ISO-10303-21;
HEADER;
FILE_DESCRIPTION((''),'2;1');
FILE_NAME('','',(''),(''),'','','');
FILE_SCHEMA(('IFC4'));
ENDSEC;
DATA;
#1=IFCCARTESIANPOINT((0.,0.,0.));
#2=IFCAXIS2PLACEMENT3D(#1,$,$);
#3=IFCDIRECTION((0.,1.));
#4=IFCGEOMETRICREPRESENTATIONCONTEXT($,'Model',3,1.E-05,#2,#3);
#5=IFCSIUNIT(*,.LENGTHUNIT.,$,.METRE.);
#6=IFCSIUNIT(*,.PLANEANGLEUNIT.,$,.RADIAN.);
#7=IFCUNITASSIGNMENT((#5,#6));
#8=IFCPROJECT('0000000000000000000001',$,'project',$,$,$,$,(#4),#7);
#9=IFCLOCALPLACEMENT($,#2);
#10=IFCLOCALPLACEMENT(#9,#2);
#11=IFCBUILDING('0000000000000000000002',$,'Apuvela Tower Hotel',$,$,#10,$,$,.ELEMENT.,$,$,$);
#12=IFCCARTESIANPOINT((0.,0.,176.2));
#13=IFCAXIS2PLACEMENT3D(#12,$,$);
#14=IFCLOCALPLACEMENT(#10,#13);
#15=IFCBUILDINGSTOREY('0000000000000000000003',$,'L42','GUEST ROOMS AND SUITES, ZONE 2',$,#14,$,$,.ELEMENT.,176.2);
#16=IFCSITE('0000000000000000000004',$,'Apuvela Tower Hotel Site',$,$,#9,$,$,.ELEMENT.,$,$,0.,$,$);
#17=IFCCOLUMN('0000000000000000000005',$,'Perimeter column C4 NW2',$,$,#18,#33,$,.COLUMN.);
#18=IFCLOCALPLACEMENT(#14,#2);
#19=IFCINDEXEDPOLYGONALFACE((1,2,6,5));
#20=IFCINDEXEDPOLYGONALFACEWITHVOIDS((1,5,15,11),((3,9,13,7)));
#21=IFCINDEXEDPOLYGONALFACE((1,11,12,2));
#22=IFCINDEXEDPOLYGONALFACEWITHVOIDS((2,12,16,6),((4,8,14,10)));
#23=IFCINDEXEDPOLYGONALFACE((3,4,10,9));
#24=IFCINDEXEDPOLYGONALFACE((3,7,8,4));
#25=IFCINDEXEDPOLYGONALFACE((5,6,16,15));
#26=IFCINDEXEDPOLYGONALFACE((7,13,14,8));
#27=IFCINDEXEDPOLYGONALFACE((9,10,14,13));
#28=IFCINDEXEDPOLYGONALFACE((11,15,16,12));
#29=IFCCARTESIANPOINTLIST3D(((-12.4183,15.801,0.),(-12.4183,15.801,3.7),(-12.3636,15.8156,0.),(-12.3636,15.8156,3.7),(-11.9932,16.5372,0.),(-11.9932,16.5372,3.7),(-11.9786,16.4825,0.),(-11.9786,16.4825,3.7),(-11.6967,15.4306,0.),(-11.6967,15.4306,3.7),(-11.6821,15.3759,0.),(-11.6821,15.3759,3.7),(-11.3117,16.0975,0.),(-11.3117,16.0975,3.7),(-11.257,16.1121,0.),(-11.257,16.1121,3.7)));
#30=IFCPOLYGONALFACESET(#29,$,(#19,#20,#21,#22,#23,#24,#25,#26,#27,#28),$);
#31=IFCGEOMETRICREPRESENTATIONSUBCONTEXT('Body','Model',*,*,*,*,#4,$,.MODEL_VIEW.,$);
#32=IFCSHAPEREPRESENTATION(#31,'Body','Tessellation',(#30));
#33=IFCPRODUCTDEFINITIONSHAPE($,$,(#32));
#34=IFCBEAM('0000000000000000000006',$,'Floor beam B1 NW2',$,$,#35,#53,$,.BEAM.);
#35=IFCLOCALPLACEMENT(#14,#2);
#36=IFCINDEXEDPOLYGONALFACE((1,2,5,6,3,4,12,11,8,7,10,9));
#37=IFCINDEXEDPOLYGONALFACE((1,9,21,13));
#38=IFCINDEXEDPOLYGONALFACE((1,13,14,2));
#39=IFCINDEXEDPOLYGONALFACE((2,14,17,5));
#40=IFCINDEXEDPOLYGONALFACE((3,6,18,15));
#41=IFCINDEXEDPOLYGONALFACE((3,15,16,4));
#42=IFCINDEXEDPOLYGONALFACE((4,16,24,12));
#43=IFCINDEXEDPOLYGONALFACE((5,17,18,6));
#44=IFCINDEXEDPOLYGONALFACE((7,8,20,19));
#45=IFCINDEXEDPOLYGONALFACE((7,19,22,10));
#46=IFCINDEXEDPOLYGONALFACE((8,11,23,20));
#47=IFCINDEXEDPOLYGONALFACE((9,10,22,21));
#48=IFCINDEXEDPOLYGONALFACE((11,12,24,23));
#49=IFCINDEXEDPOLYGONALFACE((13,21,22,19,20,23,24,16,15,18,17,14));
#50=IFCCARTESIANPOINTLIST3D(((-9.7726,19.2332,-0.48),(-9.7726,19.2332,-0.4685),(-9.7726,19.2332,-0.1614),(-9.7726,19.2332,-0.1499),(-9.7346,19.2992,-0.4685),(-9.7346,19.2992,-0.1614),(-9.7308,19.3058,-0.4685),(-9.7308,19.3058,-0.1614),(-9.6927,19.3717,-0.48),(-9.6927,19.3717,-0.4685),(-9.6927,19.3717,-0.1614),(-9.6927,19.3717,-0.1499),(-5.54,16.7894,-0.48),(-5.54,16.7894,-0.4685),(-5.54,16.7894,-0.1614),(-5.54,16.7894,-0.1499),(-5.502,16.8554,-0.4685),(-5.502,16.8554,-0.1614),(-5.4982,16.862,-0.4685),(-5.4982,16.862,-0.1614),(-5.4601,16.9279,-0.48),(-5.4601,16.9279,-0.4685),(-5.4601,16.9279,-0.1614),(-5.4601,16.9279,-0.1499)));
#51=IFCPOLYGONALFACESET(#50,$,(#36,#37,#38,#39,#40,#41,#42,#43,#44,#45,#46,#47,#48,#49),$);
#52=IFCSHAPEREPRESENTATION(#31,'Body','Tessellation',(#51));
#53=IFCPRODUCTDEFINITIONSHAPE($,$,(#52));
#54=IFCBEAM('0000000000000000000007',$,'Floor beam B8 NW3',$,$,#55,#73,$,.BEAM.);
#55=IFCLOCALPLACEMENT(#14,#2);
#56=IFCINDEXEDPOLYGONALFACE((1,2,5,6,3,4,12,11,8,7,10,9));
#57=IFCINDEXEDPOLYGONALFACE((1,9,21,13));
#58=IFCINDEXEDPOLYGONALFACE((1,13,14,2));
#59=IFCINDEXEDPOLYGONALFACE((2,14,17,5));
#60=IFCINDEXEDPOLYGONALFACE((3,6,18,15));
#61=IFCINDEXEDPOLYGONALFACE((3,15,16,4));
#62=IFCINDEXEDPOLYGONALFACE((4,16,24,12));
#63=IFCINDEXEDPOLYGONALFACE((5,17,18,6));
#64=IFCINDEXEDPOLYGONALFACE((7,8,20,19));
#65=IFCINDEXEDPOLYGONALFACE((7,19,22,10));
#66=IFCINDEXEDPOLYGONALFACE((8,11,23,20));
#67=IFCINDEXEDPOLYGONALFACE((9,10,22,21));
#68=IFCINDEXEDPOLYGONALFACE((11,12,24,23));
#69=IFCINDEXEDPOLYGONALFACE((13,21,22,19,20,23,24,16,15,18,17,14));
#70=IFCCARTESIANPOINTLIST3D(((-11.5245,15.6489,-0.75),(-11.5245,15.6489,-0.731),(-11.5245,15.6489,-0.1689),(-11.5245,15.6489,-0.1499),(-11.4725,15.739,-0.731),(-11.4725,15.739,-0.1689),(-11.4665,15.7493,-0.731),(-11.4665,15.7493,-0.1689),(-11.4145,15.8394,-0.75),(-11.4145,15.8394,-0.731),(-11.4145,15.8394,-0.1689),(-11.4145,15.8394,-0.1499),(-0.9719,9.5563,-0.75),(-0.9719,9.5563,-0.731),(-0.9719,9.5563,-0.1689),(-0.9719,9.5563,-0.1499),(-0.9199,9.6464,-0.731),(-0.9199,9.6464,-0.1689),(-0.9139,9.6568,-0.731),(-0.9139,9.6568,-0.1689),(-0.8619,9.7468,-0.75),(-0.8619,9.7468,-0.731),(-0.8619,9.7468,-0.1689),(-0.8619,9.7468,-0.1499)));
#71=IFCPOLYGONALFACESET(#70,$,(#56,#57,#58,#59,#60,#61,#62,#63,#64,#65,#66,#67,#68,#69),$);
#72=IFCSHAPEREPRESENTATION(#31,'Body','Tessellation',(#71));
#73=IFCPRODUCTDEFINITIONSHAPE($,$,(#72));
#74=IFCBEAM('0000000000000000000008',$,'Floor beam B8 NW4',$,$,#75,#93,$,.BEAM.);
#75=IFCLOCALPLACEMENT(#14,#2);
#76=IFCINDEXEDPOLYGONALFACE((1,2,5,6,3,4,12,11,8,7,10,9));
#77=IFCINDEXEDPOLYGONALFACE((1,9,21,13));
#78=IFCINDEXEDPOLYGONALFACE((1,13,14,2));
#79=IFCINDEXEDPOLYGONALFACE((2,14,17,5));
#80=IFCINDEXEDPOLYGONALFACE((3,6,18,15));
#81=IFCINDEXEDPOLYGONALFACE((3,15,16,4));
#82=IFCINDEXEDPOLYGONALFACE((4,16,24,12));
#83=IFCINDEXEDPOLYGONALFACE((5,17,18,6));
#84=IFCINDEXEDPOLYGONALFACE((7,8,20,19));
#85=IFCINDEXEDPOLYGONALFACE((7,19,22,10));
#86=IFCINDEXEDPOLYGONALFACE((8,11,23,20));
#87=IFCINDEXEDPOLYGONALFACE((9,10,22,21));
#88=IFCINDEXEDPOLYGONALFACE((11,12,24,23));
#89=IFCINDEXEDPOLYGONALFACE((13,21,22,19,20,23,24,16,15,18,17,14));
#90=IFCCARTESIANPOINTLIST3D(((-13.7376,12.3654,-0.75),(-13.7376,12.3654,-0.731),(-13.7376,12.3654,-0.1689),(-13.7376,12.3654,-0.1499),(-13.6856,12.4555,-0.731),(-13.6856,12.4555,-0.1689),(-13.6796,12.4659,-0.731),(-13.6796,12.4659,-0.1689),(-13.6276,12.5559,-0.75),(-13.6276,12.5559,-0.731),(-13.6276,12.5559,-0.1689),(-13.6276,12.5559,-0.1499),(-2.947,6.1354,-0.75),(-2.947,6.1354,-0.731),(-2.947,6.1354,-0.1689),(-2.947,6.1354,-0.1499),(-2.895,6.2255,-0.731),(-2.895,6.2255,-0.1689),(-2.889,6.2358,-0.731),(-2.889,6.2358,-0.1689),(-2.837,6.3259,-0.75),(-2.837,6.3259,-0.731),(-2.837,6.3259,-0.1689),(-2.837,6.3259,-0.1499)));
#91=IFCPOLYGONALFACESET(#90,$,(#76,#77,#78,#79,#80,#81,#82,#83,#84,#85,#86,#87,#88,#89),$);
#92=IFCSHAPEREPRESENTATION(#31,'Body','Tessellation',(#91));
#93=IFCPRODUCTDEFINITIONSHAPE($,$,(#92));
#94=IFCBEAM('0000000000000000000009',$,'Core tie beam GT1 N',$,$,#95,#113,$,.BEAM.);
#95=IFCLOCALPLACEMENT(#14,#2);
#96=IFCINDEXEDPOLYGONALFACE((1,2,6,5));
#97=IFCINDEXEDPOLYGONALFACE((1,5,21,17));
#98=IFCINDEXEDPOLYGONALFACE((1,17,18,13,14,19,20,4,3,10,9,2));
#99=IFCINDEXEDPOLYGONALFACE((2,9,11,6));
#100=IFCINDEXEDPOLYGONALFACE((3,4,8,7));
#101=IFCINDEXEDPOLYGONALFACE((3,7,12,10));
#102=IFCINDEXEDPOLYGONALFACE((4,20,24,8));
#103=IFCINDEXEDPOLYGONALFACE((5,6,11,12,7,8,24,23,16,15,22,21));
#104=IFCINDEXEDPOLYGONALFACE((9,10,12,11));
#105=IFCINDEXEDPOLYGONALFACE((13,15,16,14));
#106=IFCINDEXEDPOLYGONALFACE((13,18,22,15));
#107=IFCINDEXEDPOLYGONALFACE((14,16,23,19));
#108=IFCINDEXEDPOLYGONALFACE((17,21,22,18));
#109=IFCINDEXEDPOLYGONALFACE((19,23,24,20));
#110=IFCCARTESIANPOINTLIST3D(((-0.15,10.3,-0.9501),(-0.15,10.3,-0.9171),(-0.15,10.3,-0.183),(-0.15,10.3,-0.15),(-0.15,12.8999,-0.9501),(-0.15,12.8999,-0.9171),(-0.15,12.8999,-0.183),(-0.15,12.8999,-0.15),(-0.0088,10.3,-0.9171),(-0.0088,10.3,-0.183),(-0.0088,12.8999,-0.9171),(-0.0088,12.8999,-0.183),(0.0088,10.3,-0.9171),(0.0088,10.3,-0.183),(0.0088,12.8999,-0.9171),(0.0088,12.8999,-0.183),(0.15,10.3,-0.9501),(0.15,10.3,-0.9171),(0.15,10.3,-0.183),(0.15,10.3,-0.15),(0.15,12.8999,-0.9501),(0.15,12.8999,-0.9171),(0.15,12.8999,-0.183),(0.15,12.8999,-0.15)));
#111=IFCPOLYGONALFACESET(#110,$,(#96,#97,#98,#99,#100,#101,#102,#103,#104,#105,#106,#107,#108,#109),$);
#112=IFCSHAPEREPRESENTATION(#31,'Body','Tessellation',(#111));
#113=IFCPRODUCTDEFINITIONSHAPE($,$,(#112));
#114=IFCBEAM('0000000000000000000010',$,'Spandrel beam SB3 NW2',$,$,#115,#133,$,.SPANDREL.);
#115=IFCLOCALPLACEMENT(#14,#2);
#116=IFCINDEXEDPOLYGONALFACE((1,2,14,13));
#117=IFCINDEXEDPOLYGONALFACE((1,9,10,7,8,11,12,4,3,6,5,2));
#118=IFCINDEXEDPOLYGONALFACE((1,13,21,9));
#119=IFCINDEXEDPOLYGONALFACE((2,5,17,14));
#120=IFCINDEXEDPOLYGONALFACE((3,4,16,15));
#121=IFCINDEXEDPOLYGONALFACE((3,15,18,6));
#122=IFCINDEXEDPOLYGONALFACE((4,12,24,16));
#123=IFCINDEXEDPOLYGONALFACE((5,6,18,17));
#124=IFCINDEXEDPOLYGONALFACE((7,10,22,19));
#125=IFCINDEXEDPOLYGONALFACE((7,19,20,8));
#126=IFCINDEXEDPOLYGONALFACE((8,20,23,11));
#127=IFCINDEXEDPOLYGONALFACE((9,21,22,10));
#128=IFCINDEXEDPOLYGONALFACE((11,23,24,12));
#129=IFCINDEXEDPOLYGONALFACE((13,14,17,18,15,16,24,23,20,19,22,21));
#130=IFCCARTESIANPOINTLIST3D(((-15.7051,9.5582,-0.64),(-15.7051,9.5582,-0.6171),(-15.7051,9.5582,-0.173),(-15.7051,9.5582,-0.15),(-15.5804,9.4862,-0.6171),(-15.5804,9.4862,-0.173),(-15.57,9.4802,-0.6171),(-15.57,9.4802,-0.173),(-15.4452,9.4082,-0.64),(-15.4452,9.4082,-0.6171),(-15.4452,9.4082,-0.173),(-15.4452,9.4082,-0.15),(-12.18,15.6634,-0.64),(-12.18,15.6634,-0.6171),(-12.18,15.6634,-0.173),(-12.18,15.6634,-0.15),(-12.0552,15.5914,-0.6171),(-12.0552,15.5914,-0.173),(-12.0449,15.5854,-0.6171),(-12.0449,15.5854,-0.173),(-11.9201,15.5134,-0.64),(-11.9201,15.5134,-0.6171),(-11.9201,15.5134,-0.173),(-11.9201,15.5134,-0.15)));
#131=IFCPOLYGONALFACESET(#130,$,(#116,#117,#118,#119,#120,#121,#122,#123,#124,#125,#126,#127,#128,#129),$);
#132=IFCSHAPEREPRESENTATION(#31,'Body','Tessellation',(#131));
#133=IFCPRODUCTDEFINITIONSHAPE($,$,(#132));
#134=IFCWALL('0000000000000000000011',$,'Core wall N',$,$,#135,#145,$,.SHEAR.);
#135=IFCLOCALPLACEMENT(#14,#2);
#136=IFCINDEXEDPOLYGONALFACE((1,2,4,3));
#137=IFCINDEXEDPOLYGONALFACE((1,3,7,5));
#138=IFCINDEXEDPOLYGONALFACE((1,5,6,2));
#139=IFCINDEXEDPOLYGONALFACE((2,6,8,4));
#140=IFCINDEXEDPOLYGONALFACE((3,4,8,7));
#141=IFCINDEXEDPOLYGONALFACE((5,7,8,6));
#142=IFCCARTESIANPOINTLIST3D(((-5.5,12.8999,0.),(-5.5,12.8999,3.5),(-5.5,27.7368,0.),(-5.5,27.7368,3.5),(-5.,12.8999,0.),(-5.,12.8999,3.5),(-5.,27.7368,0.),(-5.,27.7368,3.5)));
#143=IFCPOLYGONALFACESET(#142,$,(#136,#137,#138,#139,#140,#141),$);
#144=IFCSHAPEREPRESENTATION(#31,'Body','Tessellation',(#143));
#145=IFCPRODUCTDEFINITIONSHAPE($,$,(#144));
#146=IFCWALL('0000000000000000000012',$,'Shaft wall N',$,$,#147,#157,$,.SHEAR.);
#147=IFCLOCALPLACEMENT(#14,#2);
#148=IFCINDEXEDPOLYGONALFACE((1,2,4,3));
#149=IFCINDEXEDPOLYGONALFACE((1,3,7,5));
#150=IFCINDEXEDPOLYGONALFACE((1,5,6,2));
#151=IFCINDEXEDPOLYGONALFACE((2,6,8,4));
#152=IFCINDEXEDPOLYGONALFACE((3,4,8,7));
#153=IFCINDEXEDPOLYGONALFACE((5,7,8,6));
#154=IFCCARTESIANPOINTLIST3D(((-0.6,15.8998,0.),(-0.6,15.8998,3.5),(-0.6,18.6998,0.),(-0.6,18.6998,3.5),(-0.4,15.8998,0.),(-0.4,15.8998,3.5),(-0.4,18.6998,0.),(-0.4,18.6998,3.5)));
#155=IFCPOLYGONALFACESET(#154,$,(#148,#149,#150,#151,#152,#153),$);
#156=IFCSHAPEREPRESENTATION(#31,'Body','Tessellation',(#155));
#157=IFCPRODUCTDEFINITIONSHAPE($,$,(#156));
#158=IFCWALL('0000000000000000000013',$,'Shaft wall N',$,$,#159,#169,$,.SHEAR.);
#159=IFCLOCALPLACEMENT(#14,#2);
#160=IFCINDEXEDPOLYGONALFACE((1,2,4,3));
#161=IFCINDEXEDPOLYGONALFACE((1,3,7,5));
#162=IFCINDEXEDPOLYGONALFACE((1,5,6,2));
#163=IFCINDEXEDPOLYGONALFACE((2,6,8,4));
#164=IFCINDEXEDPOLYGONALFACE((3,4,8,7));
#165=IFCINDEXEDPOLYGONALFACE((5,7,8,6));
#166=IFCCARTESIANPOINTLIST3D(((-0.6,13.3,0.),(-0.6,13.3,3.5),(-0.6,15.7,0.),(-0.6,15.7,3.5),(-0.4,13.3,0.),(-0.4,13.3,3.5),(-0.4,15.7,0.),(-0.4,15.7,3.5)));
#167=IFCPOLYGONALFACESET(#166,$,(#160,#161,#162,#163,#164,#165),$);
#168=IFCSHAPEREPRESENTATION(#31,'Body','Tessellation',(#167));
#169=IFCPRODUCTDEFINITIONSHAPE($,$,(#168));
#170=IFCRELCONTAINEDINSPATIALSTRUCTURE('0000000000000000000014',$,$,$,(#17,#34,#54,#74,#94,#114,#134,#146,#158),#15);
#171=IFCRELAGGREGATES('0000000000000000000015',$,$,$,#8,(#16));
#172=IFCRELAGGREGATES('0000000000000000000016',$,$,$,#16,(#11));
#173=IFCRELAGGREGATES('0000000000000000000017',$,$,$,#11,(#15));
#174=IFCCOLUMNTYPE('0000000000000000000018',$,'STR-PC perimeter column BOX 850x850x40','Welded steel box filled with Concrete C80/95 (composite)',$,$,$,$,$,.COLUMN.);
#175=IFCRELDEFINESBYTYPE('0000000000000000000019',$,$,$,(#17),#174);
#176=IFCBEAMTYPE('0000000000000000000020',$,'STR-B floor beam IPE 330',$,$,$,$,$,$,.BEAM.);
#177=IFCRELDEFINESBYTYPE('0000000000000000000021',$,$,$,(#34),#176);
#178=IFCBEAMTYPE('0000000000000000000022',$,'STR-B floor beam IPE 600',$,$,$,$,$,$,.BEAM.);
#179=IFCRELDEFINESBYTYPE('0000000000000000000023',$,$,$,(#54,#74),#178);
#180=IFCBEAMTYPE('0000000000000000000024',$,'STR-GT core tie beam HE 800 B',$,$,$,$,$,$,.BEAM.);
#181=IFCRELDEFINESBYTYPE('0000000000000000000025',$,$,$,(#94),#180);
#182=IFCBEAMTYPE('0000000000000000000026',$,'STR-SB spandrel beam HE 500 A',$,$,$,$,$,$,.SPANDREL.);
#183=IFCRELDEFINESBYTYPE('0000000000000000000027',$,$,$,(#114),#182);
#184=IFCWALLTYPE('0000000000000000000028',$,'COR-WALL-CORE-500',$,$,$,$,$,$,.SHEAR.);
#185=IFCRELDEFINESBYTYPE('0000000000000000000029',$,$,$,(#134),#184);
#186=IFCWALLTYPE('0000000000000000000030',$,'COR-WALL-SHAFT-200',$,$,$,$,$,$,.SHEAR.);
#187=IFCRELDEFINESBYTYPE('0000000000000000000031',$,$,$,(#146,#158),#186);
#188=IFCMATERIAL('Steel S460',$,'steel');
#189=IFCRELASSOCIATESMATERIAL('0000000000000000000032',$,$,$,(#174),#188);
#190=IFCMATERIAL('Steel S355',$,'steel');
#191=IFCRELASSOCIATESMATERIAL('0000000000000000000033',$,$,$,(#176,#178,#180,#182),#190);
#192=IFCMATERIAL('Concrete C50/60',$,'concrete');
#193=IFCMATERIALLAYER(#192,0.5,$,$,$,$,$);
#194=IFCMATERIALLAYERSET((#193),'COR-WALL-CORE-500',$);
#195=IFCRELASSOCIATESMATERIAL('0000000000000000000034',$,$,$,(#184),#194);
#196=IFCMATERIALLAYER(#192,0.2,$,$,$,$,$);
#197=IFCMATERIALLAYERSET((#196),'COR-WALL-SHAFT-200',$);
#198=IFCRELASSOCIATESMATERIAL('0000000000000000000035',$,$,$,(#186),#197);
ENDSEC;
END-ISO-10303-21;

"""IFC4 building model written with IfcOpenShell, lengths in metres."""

from ifc_helpers import new_model, si_unit, direction, frame, frame_2d, origin, origin_2d, place, context, subcontext, project, spatial, rectangle, hollow_rectangle, i_section, extrude, material, layer, layer_set, material_profile, profile_set, type_object, element, save


model = new_model("IFC4")

# Units and contexts
model_context = context("Model", 3, precision=1e-05, world=origin(), true_north=direction((0.0, 1.0)))
body_context = subcontext(model_context, "Body", "Model", "MODEL_VIEW")
ifc_project = project(units=[si_unit("LENGTHUNIT", "METRE"), si_unit("PLANEANGLEUNIT", "RADIAN")], contexts=[model_context])

# Site, building, storey
site_placement = place(None, origin())
site = spatial("IfcSite", under=ifc_project, at=site_placement, Name="Apuvela Tower Hotel Site", CompositionType="ELEMENT", RefElevation=0.0)
building_placement = place(site_placement, origin())
building = spatial("IfcBuilding", under=site, at=building_placement, Name="Apuvela Tower Hotel", CompositionType="ELEMENT")
storey_placement = place(building_placement, frame((0.0, 0.0, 176.2)))
storey = spatial("IfcBuildingStorey", under=building, at=storey_placement, Name="L42", Description="GUEST ROOMS AND SUITES, ZONE 2", CompositionType="ELEMENT", Elevation=176.2)

# Column
ifc_material_1 = material(Name="Steel S460", Category="steel")
ifc_material_profile_1 = material_profile(ifc_material_1, hollow_rectangle(XDim=0.8501, YDim=0.8501, WallThickness=0.04, at=origin_2d()), Name="BOX 850x850x40")
ifc_material_2 = material(Name="Concrete C80/95", Category="concrete")
ifc_material_profile_2 = material_profile(ifc_material_2, rectangle(XDim=0.77, YDim=0.77, at=origin_2d()), Name="Concrete C80/95 infill")
ifc_profile_set_1 = profile_set([ifc_material_profile_1, ifc_material_profile_2], Name="Steel S460")
column_type = type_object("IfcColumnType", Name="STR-PC perimeter column BOX 850x850x40", Description="Welded steel box filled with Concrete C80/95 (composite)", PredefinedType="COLUMN", material=ifc_profile_set_1)
column_placement = place(storey_placement, frame((-11.8376, 15.9565, 0.0), z_axis=(0.0, 0.0, 1.0), x_axis=(0.5, 0.866025, 0.0)))
element("IfcColumn", 1, at=column_placement, inside=storey, type_object=column_type, Name="Perimeter column C4 NW2", PredefinedType="COLUMN", context=body_context, shape_type="SweptSolid", body=[
    extrude(hollow_rectangle(XDim=0.8501, YDim=0.8501, WallThickness=0.04, at=origin_2d()), origin(), (0.0, 0.0, 1.0), 3.7),
])

# Beams
ifc_material_3 = material(Name="Steel S355", Category="steel")
ifc_material_profile_3 = material_profile(ifc_material_3, i_section(OverallWidth=0.1599, OverallDepth=0.3301, WebThickness=0.0076, FlangeThickness=0.0115, at=origin_2d()), Name="IPE 330")
ifc_profile_set_2 = profile_set([ifc_material_profile_3], Name="Steel S355")
beam_type_1 = type_object("IfcBeamType", Name="STR-B floor beam IPE 330", PredefinedType="BEAM", material=ifc_profile_set_2)
beam_1_placement = place(storey_placement, frame((-9.7327, 19.3025, -0.3149), z_axis=(0.866015, -0.500018, 0.0), x_axis=(0.500018, 0.866015, 0.0)))
element("IfcBeam", 2, at=beam_1_placement, inside=storey, type_object=beam_type_1, Name="Floor beam B1 NW2", PredefinedType="BEAM", context=body_context, shape_type="SweptSolid", body=[
    extrude(i_section(OverallWidth=0.1599, OverallDepth=0.3301, WebThickness=0.0076, FlangeThickness=0.0115, at=origin_2d()), origin(), (0.0, 0.0, 1.0), 4.8875),
])
ifc_material_profile_4 = material_profile(ifc_material_3, i_section(OverallWidth=0.22, OverallDepth=0.6001, WebThickness=0.012, FlangeThickness=0.019, at=origin_2d()), Name="IPE 600")
ifc_profile_set_3 = profile_set([ifc_material_profile_4], Name="Steel S355")
beam_type_2 = type_object("IfcBeamType", Name="STR-B floor beam IPE 600", PredefinedType="BEAM", material=ifc_profile_set_3)
beam_2_placement = place(storey_placement, frame((-11.4695, 15.7441, -0.45), z_axis=(0.866024, -0.500003, 0.0), x_axis=(0.500003, 0.866024, 0.0)))
element("IfcBeam", 3, at=beam_2_placement, inside=storey, type_object=beam_type_2, Name="Floor beam B8 NW3", PredefinedType="BEAM", context=body_context, shape_type="SweptSolid", body=[
    extrude(i_section(OverallWidth=0.22, OverallDepth=0.6001, WebThickness=0.012, FlangeThickness=0.019, at=origin_2d()), origin(), (0.0, 0.0, 1.0), 12.1851),
])
beam_3_placement = place(storey_placement, frame((-13.6826, 12.4607, -0.45), z_axis=(0.866023, -0.500004, 0.0), x_axis=(0.500004, 0.866023, 0.0)))
element("IfcBeam", 4, at=beam_3_placement, inside=storey, type_object=beam_type_2, Name="Floor beam B8 NW4", PredefinedType="BEAM", context=body_context, shape_type="SweptSolid", body=[
    extrude(i_section(OverallWidth=0.22, OverallDepth=0.6001, WebThickness=0.012, FlangeThickness=0.019, at=origin_2d()), origin(), (0.0, 0.0, 1.0), 12.46),
])
ifc_material_profile_5 = material_profile(ifc_material_3, i_section(OverallWidth=0.3, OverallDepth=0.8, WebThickness=0.0176, FlangeThickness=0.033, at=origin_2d()), Name="HE 800 B")
ifc_profile_set_4 = profile_set([ifc_material_profile_5], Name="Steel S355")
beam_type_3 = type_object("IfcBeamType", Name="STR-GT core tie beam HE 800 B", PredefinedType="BEAM", material=ifc_profile_set_4)
beam_4_placement = place(storey_placement, frame((0.0, 12.8999, -0.55), z_axis=(0.0, -1.0, 0.0), x_axis=(1.0, 0.0, 0.0)))
element("IfcBeam", 5, at=beam_4_placement, inside=storey, type_object=beam_type_3, Name="Core tie beam GT1 N", PredefinedType="BEAM", context=body_context, shape_type="SweptSolid", body=[
    extrude(i_section(OverallWidth=0.3, OverallDepth=0.8, WebThickness=0.0176, FlangeThickness=0.033, at=origin_2d()), origin(), (0.0, 0.0, 1.0), 2.5999),
])
ifc_material_profile_6 = material_profile(ifc_material_3, i_section(OverallWidth=0.3, OverallDepth=0.49, WebThickness=0.012, FlangeThickness=0.0229, at=origin_2d()), Name="HE 500 A")
ifc_profile_set_5 = profile_set([ifc_material_profile_6], Name="Steel S355")
beam_type_4 = type_object("IfcBeamType", Name="STR-SB spandrel beam HE 500 A", PredefinedType="SPANDREL", material=ifc_profile_set_5)
beam_5_placement = place(storey_placement, frame((-12.05, 15.5884, -0.395), z_axis=(-0.500031, -0.866007, 0.0), x_axis=(0.866007, -0.500031, 0.0)))
element("IfcBeam", 6, at=beam_5_placement, inside=storey, type_object=beam_type_4, Name="Spandrel beam SB3 NW2", PredefinedType="SPANDREL", context=body_context, shape_type="SweptSolid", body=[
    extrude(i_section(OverallWidth=0.3, OverallDepth=0.49, WebThickness=0.012, FlangeThickness=0.0229, at=origin_2d()), origin(), (0.0, 0.0, 1.0), 7.0498),
])

# Walls
ifc_material_4 = material(Name="Concrete C50/60", Category="concrete")
ifc_layer_1 = layer(ifc_material_4, 0.5)
ifc_layer_set_1 = layer_set([ifc_layer_1], Name="COR-WALL-CORE-500")
wall_type_1 = type_object("IfcWallType", Name="COR-WALL-CORE-500", PredefinedType="SHEAR", material=ifc_layer_set_1)
wall_1_placement = place(storey_placement, frame((-5.25, 12.8999, 0.0), z_axis=(0.0, 0.0, 1.0), x_axis=(0.0, 1.0, 0.0)))
element("IfcWall", 7, at=wall_1_placement, inside=storey, type_object=wall_type_1, Name="Core wall N", PredefinedType="SHEAR", context=body_context, shape_type="SweptSolid", body=[
    extrude(rectangle(XDim=14.8369, YDim=0.5, at=frame_2d((7.4185, 0.0))), origin(), (0.0, 0.0, 1.0), 3.5),
])
ifc_layer_2 = layer(ifc_material_4, 0.2)
ifc_layer_set_2 = layer_set([ifc_layer_2], Name="COR-WALL-SHAFT-200")
wall_type_2 = type_object("IfcWallType", Name="COR-WALL-SHAFT-200", PredefinedType="SHEAR", material=ifc_layer_set_2)
wall_2_placement = place(storey_placement, frame((-0.5, 15.8999, 0.0), z_axis=(0.0, 0.0, 1.0), x_axis=(0.0, 1.0, 0.0)))
element("IfcWall", 8, at=wall_2_placement, inside=storey, type_object=wall_type_2, Name="Shaft wall N", PredefinedType="SHEAR", context=body_context, shape_type="SweptSolid", body=[
    extrude(rectangle(XDim=2.8, YDim=0.2, at=frame_2d((1.3999, 0.0))), origin(), (0.0, 0.0, 1.0), 3.5),
])
wall_3_placement = place(storey_placement, frame((-0.5, 13.3, 0.0), z_axis=(0.0, 0.0, 1.0), x_axis=(0.0, 1.0, 0.0)))
element("IfcWall", 9, at=wall_3_placement, inside=storey, type_object=wall_type_2, Name="Shaft wall N", PredefinedType="SHEAR", context=body_context, shape_type="SweptSolid", body=[
    extrude(rectangle(XDim=2.3999, YDim=0.2, at=frame_2d((1.2, 0.0))), origin(), (0.0, 0.0, 1.0), 3.5),
])

save(model, "model.ifc")
